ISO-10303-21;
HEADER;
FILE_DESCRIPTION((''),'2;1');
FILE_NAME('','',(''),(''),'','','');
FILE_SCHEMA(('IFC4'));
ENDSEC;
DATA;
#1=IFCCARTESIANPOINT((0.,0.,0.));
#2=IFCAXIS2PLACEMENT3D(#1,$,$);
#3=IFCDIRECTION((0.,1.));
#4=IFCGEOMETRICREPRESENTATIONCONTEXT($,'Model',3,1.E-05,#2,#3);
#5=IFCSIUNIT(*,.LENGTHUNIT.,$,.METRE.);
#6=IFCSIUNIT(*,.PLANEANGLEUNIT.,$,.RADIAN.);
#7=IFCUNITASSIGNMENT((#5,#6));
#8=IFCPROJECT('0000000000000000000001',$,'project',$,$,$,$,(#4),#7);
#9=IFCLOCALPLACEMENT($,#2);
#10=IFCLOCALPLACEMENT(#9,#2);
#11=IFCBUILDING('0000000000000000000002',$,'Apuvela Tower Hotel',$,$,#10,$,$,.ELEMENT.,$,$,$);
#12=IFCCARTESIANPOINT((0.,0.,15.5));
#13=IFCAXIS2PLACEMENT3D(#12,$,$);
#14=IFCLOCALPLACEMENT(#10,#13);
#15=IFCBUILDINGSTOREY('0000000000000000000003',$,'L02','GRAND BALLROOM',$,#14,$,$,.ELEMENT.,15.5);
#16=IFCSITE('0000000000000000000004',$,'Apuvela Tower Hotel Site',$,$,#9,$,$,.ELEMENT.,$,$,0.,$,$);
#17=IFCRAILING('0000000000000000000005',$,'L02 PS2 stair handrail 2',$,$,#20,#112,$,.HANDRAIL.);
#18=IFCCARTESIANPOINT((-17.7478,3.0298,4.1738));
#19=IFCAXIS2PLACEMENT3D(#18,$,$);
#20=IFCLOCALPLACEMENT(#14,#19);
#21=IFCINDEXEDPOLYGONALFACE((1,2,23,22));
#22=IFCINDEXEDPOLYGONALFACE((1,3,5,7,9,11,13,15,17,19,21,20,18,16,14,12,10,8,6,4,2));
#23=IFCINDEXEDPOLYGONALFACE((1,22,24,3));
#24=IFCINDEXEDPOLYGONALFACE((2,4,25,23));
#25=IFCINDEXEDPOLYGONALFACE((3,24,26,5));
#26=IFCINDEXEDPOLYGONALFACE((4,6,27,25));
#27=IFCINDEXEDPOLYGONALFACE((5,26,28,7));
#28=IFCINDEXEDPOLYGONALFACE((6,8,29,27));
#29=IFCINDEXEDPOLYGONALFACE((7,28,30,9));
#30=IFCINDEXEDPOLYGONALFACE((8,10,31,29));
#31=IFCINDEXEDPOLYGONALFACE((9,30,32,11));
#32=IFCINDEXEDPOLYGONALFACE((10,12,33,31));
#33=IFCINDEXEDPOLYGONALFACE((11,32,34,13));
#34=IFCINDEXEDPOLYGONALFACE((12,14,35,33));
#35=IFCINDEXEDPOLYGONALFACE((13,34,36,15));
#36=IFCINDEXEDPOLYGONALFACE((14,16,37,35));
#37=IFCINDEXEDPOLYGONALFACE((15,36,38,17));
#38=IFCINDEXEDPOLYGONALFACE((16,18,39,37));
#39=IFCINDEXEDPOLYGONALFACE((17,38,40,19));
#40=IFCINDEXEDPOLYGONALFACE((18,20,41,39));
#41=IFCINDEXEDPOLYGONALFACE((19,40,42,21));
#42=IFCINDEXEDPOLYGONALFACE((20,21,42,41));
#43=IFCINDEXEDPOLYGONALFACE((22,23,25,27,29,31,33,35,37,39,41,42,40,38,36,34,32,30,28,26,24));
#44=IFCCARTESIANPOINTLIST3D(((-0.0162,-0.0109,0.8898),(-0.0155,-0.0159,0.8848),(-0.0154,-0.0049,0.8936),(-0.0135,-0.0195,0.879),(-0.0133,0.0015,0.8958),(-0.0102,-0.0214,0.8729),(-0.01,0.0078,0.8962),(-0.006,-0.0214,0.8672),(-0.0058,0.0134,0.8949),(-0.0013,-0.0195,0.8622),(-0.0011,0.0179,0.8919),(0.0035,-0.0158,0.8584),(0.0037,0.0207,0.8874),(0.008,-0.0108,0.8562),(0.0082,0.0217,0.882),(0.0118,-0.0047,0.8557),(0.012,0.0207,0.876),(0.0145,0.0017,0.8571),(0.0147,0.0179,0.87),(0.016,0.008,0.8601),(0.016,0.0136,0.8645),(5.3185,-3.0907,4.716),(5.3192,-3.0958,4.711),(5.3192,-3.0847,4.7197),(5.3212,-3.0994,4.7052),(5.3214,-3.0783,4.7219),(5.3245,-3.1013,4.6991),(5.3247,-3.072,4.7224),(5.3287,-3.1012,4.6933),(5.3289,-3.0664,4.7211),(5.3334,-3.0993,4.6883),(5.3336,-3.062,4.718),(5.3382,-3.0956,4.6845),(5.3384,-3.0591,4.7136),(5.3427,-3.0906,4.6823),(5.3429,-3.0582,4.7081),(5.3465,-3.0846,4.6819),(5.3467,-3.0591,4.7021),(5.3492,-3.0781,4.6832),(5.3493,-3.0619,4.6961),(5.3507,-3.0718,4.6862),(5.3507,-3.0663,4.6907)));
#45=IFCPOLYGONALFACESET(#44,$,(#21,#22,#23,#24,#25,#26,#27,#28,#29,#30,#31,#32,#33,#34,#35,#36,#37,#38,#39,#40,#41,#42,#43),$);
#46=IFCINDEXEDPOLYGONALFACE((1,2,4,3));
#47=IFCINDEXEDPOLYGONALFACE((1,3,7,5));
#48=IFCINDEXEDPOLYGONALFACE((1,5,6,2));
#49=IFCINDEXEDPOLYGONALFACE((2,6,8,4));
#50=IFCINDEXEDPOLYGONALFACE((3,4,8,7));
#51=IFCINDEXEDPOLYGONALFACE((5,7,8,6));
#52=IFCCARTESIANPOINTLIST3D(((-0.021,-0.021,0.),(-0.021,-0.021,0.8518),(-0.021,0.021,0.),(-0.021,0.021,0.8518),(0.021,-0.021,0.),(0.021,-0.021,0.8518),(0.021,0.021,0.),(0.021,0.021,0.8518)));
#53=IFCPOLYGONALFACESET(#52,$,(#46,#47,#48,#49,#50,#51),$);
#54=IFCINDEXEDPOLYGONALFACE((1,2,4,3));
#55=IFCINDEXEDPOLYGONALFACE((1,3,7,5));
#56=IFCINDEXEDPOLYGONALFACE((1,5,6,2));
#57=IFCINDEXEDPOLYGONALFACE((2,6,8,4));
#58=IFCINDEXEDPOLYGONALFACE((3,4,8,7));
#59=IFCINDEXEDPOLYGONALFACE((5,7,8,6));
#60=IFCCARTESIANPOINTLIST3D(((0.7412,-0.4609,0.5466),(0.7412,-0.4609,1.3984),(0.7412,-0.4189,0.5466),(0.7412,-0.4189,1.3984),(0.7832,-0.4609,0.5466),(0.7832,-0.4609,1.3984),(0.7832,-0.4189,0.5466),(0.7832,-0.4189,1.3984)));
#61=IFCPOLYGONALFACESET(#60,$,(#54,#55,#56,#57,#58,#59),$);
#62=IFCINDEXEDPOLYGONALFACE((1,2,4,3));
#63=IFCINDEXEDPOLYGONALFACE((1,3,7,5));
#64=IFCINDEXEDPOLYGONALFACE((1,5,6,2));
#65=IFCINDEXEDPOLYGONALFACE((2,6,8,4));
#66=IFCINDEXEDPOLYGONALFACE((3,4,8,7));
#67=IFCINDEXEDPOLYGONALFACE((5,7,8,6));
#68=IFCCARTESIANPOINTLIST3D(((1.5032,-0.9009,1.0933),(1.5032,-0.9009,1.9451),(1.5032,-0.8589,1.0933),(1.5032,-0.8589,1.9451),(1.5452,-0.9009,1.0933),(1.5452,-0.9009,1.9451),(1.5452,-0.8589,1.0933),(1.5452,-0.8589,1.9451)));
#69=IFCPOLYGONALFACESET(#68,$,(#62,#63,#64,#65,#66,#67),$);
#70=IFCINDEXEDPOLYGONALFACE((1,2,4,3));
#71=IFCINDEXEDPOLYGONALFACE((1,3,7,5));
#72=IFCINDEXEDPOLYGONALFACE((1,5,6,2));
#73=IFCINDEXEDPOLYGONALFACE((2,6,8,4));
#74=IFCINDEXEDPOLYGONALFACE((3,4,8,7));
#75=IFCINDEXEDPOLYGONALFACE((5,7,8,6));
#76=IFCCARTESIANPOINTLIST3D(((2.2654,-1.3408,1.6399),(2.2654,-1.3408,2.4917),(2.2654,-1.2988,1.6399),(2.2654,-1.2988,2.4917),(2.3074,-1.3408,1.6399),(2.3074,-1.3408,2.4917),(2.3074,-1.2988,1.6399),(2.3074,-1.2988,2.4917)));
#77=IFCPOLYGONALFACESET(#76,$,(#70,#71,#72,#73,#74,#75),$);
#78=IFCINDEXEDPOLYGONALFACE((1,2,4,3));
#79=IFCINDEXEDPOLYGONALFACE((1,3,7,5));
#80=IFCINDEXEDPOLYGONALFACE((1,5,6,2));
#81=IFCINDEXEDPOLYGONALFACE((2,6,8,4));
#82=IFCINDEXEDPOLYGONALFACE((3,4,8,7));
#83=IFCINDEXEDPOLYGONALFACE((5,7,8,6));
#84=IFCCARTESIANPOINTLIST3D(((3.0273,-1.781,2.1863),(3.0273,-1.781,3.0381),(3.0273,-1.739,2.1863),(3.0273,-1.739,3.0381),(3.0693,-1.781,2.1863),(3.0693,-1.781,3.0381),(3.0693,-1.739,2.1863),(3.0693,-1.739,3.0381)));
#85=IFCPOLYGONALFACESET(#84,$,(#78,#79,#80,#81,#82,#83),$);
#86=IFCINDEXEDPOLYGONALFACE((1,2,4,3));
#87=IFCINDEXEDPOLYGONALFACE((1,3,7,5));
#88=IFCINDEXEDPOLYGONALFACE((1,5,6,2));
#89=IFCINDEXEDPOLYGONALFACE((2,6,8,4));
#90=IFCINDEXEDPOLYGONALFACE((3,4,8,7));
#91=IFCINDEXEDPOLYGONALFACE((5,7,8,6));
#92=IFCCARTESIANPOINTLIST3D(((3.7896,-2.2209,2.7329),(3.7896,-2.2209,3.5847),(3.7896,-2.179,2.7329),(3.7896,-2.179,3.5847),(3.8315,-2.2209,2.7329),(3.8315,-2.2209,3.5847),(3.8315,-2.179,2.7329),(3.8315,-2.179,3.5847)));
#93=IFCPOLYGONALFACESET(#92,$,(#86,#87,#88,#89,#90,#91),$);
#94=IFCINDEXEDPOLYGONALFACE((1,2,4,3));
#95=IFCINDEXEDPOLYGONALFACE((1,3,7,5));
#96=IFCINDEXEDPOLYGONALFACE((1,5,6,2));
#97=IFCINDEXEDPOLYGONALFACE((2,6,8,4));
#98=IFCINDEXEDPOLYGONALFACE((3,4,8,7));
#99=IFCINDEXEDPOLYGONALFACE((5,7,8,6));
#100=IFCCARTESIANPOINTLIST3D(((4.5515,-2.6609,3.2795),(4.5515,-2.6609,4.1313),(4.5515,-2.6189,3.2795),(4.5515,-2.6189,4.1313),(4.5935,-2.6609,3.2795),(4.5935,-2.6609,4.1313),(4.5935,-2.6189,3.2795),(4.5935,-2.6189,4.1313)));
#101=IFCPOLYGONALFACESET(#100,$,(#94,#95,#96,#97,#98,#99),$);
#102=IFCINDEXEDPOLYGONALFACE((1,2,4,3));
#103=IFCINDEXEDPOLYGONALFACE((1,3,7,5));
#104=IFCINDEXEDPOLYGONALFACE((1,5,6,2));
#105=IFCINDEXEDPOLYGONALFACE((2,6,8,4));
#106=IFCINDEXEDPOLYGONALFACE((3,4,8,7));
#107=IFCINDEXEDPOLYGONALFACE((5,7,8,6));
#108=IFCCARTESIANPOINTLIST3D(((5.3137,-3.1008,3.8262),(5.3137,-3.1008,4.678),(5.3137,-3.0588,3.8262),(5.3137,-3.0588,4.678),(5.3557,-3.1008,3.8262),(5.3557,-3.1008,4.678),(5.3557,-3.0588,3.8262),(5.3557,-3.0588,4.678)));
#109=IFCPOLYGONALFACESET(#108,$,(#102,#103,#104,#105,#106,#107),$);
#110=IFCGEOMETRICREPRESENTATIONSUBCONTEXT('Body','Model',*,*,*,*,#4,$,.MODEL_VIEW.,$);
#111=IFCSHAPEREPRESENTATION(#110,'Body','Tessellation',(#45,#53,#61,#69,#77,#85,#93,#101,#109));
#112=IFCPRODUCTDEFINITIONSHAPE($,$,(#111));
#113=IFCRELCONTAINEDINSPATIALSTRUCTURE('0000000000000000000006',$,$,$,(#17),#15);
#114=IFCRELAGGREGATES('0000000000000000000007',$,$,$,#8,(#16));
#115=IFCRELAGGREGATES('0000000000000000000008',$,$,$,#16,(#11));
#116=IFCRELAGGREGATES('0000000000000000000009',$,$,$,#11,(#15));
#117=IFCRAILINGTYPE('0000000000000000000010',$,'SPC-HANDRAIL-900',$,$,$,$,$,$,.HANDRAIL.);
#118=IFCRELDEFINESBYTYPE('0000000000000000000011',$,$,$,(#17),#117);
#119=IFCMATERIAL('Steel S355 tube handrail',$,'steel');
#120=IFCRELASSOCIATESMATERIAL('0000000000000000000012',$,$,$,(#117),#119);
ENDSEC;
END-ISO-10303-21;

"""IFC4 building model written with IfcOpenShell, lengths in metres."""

from ifc_helpers import new_model, si_unit, direction, frame, origin, origin_2d, place, context, subcontext, project, spatial, rectangle, circle, extrude, material, type_object, element, save


model = new_model("IFC4")

# Units and contexts
model_context = context("Model", 3, precision=1e-05, world=origin(), true_north=direction((0.0, 1.0)))
body_context = subcontext(model_context, "Body", "Model", "MODEL_VIEW")
ifc_project = project(units=[si_unit("LENGTHUNIT", "METRE"), si_unit("PLANEANGLEUNIT", "RADIAN")], contexts=[model_context])

# Site, building, storey
site_placement = place(None, origin())
site = spatial("IfcSite", under=ifc_project, at=site_placement, Name="Apuvela Tower Hotel Site", CompositionType="ELEMENT", RefElevation=0.0)
building_placement = place(site_placement, origin())
building = spatial("IfcBuilding", under=site, at=building_placement, Name="Apuvela Tower Hotel", CompositionType="ELEMENT")
storey_placement = place(building_placement, frame((0.0, 0.0, 15.5)))
storey = spatial("IfcBuildingStorey", under=building, at=storey_placement, Name="L02", Description="GRAND BALLROOM", CompositionType="ELEMENT", Elevation=15.5)

# Railing
ifc_material_1 = material(Name="Steel S355 tube handrail", Category="steel")
railing_type_1 = type_object("IfcRailingType", Name="SPC-HANDRAIL-900", PredefinedType="HANDRAIL", material=ifc_material_1)
railing_1_placement = place(storey_placement, frame((-17.7478, 3.0298, 4.1738)))
element("IfcRailing", 1, at=railing_1_placement, inside=storey, type_object=railing_type_1, Name="L02 PS2 stair handrail 2", PredefinedType="HANDRAIL", context=body_context, shape_type="SweptSolid", body=[
    extrude(circle(Radius=0.0239, at=origin_2d()), frame((0.0, 0.0, 0.876), z_axis=(0.735671, -0.424717, 0.527639), x_axis=(0.49998, 0.866037, 0.0)), (0.0, 0.0, 1.0), 7.2515),
    extrude(rectangle(XDim=0.042, YDim=0.042, at=origin_2d()), origin(), (0.0, 0.0, 1.0), 0.8518),
    extrude(rectangle(XDim=0.042, YDim=0.042, at=origin_2d()), frame((0.7622, -0.4399, 0.5466)), (0.0, 0.0, 1.0), 0.8518),
    extrude(rectangle(XDim=0.042, YDim=0.042, at=origin_2d()), frame((1.5242, -0.8799, 1.0933)), (0.0, 0.0, 1.0), 0.8518),
    extrude(rectangle(XDim=0.042, YDim=0.042, at=origin_2d()), frame((2.2864, -1.3198, 1.6399)), (0.0, 0.0, 1.0), 0.8518),
    extrude(rectangle(XDim=0.042, YDim=0.042, at=origin_2d()), frame((3.0483, -1.76, 2.1863)), (0.0, 0.0, 1.0), 0.8518),
    extrude(rectangle(XDim=0.042, YDim=0.042, at=origin_2d()), frame((3.8105, -2.2, 2.7329)), (0.0, 0.0, 1.0), 0.8518),
    extrude(rectangle(XDim=0.042, YDim=0.042, at=origin_2d()), frame((4.5725, -2.6399, 3.2795)), (0.0, 0.0, 1.0), 0.8518),
    extrude(rectangle(XDim=0.042, YDim=0.042, at=origin_2d()), frame((5.3347, -3.0798, 3.8262)), (0.0, 0.0, 1.0), 0.8518),
])

save(model, "model.ifc")
